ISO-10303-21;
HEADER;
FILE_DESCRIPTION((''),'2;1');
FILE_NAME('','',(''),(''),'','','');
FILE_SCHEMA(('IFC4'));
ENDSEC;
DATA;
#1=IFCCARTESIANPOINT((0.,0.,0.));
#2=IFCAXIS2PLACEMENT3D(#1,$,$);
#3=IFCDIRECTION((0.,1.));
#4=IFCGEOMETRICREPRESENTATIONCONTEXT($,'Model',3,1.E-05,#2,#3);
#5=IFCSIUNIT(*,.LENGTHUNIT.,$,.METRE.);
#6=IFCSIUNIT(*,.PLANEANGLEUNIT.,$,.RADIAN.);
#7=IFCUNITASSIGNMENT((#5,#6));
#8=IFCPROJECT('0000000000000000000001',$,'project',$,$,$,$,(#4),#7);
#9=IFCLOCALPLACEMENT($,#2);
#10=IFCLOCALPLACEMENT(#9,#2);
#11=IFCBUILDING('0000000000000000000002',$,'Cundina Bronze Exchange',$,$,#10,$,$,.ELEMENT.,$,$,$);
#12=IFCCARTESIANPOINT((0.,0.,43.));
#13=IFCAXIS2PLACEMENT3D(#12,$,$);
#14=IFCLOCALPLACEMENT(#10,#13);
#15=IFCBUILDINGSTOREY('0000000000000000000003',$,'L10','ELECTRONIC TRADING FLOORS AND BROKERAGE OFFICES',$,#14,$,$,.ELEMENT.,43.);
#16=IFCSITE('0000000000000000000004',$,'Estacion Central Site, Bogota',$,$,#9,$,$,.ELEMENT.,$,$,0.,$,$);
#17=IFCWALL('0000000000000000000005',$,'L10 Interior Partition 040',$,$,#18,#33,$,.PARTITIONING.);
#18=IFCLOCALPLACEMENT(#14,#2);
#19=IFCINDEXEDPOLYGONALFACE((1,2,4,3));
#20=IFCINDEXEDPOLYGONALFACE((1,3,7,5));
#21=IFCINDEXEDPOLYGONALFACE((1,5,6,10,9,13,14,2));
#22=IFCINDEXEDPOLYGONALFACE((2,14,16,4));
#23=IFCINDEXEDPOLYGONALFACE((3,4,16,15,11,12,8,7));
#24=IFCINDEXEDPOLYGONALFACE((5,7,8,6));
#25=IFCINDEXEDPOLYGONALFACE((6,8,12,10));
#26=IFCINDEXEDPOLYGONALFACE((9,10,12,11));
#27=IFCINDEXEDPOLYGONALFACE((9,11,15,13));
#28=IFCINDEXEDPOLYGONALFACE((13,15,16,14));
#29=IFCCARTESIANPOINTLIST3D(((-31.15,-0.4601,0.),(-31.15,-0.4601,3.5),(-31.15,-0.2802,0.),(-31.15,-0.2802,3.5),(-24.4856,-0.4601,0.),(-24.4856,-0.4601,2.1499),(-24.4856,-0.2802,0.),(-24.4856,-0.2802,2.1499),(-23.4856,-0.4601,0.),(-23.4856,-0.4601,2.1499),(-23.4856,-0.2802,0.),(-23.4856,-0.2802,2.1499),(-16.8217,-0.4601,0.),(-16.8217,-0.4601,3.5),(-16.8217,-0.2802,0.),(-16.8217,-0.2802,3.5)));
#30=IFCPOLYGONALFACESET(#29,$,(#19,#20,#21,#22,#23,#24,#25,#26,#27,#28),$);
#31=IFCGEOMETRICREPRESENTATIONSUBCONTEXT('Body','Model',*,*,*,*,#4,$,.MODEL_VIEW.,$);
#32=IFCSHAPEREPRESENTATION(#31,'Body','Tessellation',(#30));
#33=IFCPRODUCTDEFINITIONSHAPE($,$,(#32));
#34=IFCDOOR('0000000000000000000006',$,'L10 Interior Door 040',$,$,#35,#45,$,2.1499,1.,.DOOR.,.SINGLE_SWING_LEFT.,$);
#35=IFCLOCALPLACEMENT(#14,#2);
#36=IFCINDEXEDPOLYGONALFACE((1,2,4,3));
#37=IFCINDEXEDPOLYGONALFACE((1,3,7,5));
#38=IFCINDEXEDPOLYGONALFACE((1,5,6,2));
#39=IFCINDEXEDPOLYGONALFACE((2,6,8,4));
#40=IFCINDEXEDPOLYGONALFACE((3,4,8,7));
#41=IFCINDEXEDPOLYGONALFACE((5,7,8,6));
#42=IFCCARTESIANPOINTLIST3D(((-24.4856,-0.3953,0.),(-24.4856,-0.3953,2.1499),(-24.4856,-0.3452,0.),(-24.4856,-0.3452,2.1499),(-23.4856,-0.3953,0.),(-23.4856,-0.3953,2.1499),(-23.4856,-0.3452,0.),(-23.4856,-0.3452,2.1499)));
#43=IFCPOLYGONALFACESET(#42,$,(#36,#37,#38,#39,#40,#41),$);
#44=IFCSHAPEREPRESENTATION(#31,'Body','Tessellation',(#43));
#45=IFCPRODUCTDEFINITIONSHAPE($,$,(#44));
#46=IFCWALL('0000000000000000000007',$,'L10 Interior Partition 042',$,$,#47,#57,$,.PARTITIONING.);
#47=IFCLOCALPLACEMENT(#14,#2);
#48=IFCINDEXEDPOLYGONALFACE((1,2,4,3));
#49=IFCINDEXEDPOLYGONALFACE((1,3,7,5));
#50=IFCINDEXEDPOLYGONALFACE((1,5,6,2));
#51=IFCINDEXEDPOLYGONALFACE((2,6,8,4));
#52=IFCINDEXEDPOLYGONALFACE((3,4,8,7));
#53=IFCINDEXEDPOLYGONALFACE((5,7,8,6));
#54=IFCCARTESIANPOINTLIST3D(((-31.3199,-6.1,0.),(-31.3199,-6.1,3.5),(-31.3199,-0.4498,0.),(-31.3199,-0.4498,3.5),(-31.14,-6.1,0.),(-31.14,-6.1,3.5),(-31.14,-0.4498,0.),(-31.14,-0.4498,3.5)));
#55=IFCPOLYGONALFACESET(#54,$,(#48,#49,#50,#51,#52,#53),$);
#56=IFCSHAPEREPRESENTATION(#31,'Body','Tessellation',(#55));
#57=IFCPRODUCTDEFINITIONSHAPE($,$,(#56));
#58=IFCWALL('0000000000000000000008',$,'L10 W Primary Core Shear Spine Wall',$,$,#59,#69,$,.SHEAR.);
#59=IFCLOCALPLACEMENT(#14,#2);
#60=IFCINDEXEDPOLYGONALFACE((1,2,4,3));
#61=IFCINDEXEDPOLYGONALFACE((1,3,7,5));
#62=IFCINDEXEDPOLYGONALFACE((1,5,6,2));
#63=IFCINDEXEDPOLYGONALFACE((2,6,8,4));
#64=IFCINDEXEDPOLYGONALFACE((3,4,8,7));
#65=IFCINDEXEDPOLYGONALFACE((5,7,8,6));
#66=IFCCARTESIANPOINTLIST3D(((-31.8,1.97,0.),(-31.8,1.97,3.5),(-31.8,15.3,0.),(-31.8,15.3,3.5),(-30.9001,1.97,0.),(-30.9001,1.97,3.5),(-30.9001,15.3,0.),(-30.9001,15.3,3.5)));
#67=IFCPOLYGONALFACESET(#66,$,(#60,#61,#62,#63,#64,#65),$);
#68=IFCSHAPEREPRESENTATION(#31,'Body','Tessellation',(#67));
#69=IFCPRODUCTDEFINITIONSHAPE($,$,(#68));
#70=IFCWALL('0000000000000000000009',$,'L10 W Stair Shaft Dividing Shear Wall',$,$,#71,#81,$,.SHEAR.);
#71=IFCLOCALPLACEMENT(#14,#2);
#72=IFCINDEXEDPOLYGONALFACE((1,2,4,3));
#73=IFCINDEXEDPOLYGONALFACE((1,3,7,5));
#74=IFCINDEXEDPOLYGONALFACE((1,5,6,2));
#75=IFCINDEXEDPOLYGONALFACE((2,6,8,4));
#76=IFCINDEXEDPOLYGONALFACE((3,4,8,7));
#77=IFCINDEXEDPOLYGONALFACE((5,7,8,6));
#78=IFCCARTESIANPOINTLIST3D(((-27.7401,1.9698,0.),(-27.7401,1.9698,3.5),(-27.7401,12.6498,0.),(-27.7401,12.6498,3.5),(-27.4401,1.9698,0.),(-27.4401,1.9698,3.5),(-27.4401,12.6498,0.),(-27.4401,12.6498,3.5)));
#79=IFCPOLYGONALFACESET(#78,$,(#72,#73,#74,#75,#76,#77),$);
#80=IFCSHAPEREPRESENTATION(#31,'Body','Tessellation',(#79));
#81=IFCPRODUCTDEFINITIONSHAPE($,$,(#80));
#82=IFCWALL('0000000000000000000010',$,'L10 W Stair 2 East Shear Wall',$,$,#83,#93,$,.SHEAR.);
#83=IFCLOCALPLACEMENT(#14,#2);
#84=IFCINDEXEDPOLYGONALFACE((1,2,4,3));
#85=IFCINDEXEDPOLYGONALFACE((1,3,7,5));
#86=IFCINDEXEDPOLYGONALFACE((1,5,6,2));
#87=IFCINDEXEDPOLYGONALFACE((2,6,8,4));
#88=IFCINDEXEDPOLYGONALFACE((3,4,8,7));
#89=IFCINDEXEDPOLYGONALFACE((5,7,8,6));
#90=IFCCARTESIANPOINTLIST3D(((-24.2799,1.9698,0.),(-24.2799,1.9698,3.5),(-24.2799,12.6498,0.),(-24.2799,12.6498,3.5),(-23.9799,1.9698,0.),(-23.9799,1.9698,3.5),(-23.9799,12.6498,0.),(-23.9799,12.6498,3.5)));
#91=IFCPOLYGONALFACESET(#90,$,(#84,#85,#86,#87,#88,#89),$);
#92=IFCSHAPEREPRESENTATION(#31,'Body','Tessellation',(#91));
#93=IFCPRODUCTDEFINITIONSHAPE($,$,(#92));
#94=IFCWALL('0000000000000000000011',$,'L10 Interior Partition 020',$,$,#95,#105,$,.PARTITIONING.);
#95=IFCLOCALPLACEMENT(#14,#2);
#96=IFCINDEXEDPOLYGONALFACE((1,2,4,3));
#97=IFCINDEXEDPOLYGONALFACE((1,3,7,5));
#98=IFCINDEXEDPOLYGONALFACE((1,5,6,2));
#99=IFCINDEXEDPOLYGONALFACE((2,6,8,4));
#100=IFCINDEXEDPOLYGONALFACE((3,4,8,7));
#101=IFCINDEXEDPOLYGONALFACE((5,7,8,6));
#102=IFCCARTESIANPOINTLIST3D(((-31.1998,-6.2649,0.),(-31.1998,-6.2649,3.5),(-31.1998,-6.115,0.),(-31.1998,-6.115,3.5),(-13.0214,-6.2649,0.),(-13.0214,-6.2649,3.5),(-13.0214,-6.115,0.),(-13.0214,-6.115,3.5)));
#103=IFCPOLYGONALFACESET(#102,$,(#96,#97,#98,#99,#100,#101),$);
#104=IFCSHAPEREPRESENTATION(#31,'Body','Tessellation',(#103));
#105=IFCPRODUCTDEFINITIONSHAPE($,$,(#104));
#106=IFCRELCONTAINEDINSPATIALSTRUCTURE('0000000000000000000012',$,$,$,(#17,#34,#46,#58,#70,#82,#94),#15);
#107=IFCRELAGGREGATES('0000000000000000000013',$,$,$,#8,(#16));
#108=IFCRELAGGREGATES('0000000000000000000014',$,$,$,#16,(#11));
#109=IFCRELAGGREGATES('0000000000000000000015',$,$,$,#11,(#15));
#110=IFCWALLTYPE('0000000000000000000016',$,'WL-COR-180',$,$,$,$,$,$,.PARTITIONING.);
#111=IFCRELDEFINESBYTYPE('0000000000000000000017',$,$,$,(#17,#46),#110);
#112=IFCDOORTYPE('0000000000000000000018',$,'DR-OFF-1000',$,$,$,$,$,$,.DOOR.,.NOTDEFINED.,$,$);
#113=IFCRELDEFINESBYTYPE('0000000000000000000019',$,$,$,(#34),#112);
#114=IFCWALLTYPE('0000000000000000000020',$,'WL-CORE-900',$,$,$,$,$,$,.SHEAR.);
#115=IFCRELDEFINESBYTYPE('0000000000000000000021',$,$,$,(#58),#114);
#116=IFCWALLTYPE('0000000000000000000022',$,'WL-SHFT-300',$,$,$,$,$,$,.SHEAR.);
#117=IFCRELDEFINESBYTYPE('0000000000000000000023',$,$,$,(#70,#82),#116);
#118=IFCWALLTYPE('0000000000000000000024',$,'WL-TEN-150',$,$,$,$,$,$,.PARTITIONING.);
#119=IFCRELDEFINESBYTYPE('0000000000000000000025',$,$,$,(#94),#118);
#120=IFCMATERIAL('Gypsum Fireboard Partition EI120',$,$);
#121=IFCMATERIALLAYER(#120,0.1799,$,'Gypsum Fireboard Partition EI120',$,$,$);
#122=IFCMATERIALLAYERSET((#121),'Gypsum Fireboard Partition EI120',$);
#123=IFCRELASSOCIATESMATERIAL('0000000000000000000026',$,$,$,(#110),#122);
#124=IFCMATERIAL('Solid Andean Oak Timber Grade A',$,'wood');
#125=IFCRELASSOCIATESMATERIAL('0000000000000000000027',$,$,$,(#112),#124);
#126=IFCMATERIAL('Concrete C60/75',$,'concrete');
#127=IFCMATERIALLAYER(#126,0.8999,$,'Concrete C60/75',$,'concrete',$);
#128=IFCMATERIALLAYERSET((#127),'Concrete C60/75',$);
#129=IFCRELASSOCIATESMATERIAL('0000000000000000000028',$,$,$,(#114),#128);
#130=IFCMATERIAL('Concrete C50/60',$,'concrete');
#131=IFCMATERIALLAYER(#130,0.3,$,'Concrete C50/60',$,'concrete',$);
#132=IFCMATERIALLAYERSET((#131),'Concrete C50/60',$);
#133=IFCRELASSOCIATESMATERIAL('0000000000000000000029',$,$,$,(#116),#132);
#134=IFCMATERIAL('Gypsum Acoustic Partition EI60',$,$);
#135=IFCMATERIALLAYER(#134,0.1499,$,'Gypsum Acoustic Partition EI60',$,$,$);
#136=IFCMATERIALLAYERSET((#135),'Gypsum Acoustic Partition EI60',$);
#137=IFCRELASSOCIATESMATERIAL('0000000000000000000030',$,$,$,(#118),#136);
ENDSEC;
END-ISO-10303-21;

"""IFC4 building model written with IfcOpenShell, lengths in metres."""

from ifc_helpers import new_model, si_unit, direction, frame, frame_2d, origin, place, context, subcontext, project, spatial, rectangle, extrude, material, layer, layer_set, type_object, element, fill, save


model = new_model("IFC4")

# Units and contexts
model_context = context("Model", 3, precision=1e-05, world=origin(), true_north=direction((0.0, 1.0)))
body_context = subcontext(model_context, "Body", "Model", "MODEL_VIEW")
ifc_project = project(units=[si_unit("LENGTHUNIT", "METRE"), si_unit("PLANEANGLEUNIT", "RADIAN")], contexts=[model_context])

# Site, building, storey
site_placement = place(None, origin())
site = spatial("IfcSite", under=ifc_project, at=site_placement, Name="Estacion Central Site, Bogota", CompositionType="ELEMENT", RefElevation=0.0)
building_placement = place(site_placement, origin())
building = spatial("IfcBuilding", under=site, at=building_placement, Name="Cundina Bronze Exchange", CompositionType="ELEMENT")
storey_placement = place(building_placement, frame((0.0, 0.0, 43.0)))
storey = spatial("IfcBuildingStorey", under=building, at=storey_placement, Name="L10", Description="ELECTRONIC TRADING FLOORS AND BROKERAGE OFFICES", CompositionType="ELEMENT", Elevation=43.0)

# Wall, opening, door
ifc_material_1 = material(Name="Gypsum Fireboard Partition EI120")
ifc_layer_1 = layer(ifc_material_1, 0.1799, Name="Gypsum Fireboard Partition EI120")
ifc_layer_set_1 = layer_set([ifc_layer_1], Name="Gypsum Fireboard Partition EI120")
wall_type_1 = type_object("IfcWallType", Name="WL-COR-180", PredefinedType="PARTITIONING", material=ifc_layer_set_1)
ifc_material_2 = material(Name="Solid Andean Oak Timber Grade A", Category="wood")
wall_1_placement = place(storey_placement, frame((-31.1499, -0.3701, 0.0), z_axis=(0.0, 0.0, 1.0), x_axis=(1.0, 0.0, 0.0)))
wall_1 = element("IfcWall", 1, at=wall_1_placement, inside=storey, type_object=wall_type_1, Name="L10 Interior Partition 040", PredefinedType="PARTITIONING", context=body_context, shape_type="SweptSolid", body=[
    extrude(rectangle(XDim=14.3284, YDim=0.1799, at=frame_2d((7.1641, 0.0))), origin(), (0.0, 0.0, 1.0), 3.5),
])
opening_1_placement = place(wall_1_placement, frame((6.6643, 0.0, 0.0)))
opening_1 = element("IfcOpeningElement", 2, at=opening_1_placement, cuts=wall_1, PredefinedType="OPENING", context=body_context, shape_type="SweptSolid", body=[
    extrude(rectangle(XDim=1.0, YDim=2.1499, at=frame_2d((0.5, 1.075))), frame((0.0, 0.0999, 0.0), z_axis=(0.0, -1.0, 0.0), x_axis=(1.0, 0.0, 0.0)), (0.0, 0.0, 1.0), 0.2),
])
door_type_1 = type_object("IfcDoorType", Name="DR-OFF-1000", OperationType="NOTDEFINED", PredefinedType="DOOR", material=ifc_material_2)
door_1_placement = place(opening_1_placement, origin())
door_1 = element("IfcDoor", 3, at=door_1_placement, inside=storey, type_object=door_type_1, Name="L10 Interior Door 040", OperationType="SINGLE_SWING_LEFT", OverallHeight=2.1499, OverallWidth=1.0, PredefinedType="DOOR", context=body_context, shape_type="SweptSolid", body=[
    extrude(rectangle(XDim=1.0, YDim=2.1499, at=frame_2d((0.5, 1.075))), frame((0.0, 0.0249, 0.0), z_axis=(0.0, -1.0, 0.0), x_axis=(1.0, 0.0, 0.0)), (0.0, 0.0, 1.0), 0.05),
])
fill(opening_1, door_1)

# Walls
wall_2_placement = place(storey_placement, frame((-31.23, -6.1001, 0.0), z_axis=(0.0, 0.0, 1.0), x_axis=(0.0, 1.0, 0.0)))
element("IfcWall", 4, at=wall_2_placement, inside=storey, type_object=wall_type_1, Name="L10 Interior Partition 042", PredefinedType="PARTITIONING", context=body_context, shape_type="SweptSolid", body=[
    extrude(rectangle(XDim=5.6501, YDim=0.1799, at=frame_2d((2.8252, 0.0))), origin(), (0.0, 0.0, 1.0), 3.5),
])
ifc_material_3 = material(Name="Concrete C60/75", Category="concrete")
ifc_layer_2 = layer(ifc_material_3, 0.8999, Name="Concrete C60/75", Category="concrete")
ifc_layer_set_2 = layer_set([ifc_layer_2], Name="Concrete C60/75")
wall_type_2 = type_object("IfcWallType", Name="WL-CORE-900", PredefinedType="SHEAR", material=ifc_layer_set_2)
wall_3_placement = place(storey_placement, frame((-31.3501, 1.97, 0.0), z_axis=(0.0, 0.0, 1.0), x_axis=(0.0, 1.0, 0.0)))
element("IfcWall", 5, at=wall_3_placement, inside=storey, type_object=wall_type_2, Name="L10 W Primary Core Shear Spine Wall", PredefinedType="SHEAR", context=body_context, shape_type="SweptSolid", body=[
    extrude(rectangle(XDim=13.3301, YDim=0.8999, at=frame_2d((6.665, 0.0))), origin(), (0.0, 0.0, 1.0), 3.5),
])
ifc_material_4 = material(Name="Concrete C50/60", Category="concrete")
ifc_layer_3 = layer(ifc_material_4, 0.3, Name="Concrete C50/60", Category="concrete")
ifc_layer_set_3 = layer_set([ifc_layer_3], Name="Concrete C50/60")
wall_type_3 = type_object("IfcWallType", Name="WL-SHFT-300", PredefinedType="SHEAR", material=ifc_layer_set_3)
for number, where, z_axis, x_axis, name in (
    (6, (-27.5901, 1.97, 0.0), (0.0, 0.0, 1.0), (0.0, 1.0, 0.0), "L10 W Stair Shaft Dividing Shear Wall"),
    (7, (-24.1299, 1.97, 0.0), (0.0, 0.0, 1.0), (0.0, 1.0, 0.0), "L10 W Stair 2 East Shear Wall"),
):
    element("IfcWall", number, at=place(storey_placement, frame(where, z_axis=z_axis, x_axis=x_axis)), inside=storey, type_object=wall_type_3, Name=name, PredefinedType="SHEAR", context=body_context, shape_type="SweptSolid", body=[
        extrude(rectangle(XDim=10.6799, YDim=0.3, at=frame_2d((5.3398, 0.0))), origin(), (0.0, 0.0, 1.0), 3.5),
    ])
ifc_material_5 = material(Name="Gypsum Acoustic Partition EI60")
ifc_layer_4 = layer(ifc_material_5, 0.1499, Name="Gypsum Acoustic Partition EI60")
ifc_layer_set_4 = layer_set([ifc_layer_4], Name="Gypsum Acoustic Partition EI60")
wall_type_4 = type_object("IfcWallType", Name="WL-TEN-150", PredefinedType="PARTITIONING", material=ifc_layer_set_4)
wall_4_placement = place(storey_placement, frame((-31.2, -6.1899, 0.0), z_axis=(0.0, 0.0, 1.0), x_axis=(1.0, 0.0, 0.0)))
element("IfcWall", 8, at=wall_4_placement, inside=storey, type_object=wall_type_4, Name="L10 Interior Partition 020", PredefinedType="PARTITIONING", context=body_context, shape_type="SweptSolid", body=[
    extrude(rectangle(XDim=18.1785, YDim=0.1499, at=frame_2d((9.0894, 0.0))), origin(), (0.0, 0.0, 1.0), 3.5),
])

save(model, "model.ifc")
